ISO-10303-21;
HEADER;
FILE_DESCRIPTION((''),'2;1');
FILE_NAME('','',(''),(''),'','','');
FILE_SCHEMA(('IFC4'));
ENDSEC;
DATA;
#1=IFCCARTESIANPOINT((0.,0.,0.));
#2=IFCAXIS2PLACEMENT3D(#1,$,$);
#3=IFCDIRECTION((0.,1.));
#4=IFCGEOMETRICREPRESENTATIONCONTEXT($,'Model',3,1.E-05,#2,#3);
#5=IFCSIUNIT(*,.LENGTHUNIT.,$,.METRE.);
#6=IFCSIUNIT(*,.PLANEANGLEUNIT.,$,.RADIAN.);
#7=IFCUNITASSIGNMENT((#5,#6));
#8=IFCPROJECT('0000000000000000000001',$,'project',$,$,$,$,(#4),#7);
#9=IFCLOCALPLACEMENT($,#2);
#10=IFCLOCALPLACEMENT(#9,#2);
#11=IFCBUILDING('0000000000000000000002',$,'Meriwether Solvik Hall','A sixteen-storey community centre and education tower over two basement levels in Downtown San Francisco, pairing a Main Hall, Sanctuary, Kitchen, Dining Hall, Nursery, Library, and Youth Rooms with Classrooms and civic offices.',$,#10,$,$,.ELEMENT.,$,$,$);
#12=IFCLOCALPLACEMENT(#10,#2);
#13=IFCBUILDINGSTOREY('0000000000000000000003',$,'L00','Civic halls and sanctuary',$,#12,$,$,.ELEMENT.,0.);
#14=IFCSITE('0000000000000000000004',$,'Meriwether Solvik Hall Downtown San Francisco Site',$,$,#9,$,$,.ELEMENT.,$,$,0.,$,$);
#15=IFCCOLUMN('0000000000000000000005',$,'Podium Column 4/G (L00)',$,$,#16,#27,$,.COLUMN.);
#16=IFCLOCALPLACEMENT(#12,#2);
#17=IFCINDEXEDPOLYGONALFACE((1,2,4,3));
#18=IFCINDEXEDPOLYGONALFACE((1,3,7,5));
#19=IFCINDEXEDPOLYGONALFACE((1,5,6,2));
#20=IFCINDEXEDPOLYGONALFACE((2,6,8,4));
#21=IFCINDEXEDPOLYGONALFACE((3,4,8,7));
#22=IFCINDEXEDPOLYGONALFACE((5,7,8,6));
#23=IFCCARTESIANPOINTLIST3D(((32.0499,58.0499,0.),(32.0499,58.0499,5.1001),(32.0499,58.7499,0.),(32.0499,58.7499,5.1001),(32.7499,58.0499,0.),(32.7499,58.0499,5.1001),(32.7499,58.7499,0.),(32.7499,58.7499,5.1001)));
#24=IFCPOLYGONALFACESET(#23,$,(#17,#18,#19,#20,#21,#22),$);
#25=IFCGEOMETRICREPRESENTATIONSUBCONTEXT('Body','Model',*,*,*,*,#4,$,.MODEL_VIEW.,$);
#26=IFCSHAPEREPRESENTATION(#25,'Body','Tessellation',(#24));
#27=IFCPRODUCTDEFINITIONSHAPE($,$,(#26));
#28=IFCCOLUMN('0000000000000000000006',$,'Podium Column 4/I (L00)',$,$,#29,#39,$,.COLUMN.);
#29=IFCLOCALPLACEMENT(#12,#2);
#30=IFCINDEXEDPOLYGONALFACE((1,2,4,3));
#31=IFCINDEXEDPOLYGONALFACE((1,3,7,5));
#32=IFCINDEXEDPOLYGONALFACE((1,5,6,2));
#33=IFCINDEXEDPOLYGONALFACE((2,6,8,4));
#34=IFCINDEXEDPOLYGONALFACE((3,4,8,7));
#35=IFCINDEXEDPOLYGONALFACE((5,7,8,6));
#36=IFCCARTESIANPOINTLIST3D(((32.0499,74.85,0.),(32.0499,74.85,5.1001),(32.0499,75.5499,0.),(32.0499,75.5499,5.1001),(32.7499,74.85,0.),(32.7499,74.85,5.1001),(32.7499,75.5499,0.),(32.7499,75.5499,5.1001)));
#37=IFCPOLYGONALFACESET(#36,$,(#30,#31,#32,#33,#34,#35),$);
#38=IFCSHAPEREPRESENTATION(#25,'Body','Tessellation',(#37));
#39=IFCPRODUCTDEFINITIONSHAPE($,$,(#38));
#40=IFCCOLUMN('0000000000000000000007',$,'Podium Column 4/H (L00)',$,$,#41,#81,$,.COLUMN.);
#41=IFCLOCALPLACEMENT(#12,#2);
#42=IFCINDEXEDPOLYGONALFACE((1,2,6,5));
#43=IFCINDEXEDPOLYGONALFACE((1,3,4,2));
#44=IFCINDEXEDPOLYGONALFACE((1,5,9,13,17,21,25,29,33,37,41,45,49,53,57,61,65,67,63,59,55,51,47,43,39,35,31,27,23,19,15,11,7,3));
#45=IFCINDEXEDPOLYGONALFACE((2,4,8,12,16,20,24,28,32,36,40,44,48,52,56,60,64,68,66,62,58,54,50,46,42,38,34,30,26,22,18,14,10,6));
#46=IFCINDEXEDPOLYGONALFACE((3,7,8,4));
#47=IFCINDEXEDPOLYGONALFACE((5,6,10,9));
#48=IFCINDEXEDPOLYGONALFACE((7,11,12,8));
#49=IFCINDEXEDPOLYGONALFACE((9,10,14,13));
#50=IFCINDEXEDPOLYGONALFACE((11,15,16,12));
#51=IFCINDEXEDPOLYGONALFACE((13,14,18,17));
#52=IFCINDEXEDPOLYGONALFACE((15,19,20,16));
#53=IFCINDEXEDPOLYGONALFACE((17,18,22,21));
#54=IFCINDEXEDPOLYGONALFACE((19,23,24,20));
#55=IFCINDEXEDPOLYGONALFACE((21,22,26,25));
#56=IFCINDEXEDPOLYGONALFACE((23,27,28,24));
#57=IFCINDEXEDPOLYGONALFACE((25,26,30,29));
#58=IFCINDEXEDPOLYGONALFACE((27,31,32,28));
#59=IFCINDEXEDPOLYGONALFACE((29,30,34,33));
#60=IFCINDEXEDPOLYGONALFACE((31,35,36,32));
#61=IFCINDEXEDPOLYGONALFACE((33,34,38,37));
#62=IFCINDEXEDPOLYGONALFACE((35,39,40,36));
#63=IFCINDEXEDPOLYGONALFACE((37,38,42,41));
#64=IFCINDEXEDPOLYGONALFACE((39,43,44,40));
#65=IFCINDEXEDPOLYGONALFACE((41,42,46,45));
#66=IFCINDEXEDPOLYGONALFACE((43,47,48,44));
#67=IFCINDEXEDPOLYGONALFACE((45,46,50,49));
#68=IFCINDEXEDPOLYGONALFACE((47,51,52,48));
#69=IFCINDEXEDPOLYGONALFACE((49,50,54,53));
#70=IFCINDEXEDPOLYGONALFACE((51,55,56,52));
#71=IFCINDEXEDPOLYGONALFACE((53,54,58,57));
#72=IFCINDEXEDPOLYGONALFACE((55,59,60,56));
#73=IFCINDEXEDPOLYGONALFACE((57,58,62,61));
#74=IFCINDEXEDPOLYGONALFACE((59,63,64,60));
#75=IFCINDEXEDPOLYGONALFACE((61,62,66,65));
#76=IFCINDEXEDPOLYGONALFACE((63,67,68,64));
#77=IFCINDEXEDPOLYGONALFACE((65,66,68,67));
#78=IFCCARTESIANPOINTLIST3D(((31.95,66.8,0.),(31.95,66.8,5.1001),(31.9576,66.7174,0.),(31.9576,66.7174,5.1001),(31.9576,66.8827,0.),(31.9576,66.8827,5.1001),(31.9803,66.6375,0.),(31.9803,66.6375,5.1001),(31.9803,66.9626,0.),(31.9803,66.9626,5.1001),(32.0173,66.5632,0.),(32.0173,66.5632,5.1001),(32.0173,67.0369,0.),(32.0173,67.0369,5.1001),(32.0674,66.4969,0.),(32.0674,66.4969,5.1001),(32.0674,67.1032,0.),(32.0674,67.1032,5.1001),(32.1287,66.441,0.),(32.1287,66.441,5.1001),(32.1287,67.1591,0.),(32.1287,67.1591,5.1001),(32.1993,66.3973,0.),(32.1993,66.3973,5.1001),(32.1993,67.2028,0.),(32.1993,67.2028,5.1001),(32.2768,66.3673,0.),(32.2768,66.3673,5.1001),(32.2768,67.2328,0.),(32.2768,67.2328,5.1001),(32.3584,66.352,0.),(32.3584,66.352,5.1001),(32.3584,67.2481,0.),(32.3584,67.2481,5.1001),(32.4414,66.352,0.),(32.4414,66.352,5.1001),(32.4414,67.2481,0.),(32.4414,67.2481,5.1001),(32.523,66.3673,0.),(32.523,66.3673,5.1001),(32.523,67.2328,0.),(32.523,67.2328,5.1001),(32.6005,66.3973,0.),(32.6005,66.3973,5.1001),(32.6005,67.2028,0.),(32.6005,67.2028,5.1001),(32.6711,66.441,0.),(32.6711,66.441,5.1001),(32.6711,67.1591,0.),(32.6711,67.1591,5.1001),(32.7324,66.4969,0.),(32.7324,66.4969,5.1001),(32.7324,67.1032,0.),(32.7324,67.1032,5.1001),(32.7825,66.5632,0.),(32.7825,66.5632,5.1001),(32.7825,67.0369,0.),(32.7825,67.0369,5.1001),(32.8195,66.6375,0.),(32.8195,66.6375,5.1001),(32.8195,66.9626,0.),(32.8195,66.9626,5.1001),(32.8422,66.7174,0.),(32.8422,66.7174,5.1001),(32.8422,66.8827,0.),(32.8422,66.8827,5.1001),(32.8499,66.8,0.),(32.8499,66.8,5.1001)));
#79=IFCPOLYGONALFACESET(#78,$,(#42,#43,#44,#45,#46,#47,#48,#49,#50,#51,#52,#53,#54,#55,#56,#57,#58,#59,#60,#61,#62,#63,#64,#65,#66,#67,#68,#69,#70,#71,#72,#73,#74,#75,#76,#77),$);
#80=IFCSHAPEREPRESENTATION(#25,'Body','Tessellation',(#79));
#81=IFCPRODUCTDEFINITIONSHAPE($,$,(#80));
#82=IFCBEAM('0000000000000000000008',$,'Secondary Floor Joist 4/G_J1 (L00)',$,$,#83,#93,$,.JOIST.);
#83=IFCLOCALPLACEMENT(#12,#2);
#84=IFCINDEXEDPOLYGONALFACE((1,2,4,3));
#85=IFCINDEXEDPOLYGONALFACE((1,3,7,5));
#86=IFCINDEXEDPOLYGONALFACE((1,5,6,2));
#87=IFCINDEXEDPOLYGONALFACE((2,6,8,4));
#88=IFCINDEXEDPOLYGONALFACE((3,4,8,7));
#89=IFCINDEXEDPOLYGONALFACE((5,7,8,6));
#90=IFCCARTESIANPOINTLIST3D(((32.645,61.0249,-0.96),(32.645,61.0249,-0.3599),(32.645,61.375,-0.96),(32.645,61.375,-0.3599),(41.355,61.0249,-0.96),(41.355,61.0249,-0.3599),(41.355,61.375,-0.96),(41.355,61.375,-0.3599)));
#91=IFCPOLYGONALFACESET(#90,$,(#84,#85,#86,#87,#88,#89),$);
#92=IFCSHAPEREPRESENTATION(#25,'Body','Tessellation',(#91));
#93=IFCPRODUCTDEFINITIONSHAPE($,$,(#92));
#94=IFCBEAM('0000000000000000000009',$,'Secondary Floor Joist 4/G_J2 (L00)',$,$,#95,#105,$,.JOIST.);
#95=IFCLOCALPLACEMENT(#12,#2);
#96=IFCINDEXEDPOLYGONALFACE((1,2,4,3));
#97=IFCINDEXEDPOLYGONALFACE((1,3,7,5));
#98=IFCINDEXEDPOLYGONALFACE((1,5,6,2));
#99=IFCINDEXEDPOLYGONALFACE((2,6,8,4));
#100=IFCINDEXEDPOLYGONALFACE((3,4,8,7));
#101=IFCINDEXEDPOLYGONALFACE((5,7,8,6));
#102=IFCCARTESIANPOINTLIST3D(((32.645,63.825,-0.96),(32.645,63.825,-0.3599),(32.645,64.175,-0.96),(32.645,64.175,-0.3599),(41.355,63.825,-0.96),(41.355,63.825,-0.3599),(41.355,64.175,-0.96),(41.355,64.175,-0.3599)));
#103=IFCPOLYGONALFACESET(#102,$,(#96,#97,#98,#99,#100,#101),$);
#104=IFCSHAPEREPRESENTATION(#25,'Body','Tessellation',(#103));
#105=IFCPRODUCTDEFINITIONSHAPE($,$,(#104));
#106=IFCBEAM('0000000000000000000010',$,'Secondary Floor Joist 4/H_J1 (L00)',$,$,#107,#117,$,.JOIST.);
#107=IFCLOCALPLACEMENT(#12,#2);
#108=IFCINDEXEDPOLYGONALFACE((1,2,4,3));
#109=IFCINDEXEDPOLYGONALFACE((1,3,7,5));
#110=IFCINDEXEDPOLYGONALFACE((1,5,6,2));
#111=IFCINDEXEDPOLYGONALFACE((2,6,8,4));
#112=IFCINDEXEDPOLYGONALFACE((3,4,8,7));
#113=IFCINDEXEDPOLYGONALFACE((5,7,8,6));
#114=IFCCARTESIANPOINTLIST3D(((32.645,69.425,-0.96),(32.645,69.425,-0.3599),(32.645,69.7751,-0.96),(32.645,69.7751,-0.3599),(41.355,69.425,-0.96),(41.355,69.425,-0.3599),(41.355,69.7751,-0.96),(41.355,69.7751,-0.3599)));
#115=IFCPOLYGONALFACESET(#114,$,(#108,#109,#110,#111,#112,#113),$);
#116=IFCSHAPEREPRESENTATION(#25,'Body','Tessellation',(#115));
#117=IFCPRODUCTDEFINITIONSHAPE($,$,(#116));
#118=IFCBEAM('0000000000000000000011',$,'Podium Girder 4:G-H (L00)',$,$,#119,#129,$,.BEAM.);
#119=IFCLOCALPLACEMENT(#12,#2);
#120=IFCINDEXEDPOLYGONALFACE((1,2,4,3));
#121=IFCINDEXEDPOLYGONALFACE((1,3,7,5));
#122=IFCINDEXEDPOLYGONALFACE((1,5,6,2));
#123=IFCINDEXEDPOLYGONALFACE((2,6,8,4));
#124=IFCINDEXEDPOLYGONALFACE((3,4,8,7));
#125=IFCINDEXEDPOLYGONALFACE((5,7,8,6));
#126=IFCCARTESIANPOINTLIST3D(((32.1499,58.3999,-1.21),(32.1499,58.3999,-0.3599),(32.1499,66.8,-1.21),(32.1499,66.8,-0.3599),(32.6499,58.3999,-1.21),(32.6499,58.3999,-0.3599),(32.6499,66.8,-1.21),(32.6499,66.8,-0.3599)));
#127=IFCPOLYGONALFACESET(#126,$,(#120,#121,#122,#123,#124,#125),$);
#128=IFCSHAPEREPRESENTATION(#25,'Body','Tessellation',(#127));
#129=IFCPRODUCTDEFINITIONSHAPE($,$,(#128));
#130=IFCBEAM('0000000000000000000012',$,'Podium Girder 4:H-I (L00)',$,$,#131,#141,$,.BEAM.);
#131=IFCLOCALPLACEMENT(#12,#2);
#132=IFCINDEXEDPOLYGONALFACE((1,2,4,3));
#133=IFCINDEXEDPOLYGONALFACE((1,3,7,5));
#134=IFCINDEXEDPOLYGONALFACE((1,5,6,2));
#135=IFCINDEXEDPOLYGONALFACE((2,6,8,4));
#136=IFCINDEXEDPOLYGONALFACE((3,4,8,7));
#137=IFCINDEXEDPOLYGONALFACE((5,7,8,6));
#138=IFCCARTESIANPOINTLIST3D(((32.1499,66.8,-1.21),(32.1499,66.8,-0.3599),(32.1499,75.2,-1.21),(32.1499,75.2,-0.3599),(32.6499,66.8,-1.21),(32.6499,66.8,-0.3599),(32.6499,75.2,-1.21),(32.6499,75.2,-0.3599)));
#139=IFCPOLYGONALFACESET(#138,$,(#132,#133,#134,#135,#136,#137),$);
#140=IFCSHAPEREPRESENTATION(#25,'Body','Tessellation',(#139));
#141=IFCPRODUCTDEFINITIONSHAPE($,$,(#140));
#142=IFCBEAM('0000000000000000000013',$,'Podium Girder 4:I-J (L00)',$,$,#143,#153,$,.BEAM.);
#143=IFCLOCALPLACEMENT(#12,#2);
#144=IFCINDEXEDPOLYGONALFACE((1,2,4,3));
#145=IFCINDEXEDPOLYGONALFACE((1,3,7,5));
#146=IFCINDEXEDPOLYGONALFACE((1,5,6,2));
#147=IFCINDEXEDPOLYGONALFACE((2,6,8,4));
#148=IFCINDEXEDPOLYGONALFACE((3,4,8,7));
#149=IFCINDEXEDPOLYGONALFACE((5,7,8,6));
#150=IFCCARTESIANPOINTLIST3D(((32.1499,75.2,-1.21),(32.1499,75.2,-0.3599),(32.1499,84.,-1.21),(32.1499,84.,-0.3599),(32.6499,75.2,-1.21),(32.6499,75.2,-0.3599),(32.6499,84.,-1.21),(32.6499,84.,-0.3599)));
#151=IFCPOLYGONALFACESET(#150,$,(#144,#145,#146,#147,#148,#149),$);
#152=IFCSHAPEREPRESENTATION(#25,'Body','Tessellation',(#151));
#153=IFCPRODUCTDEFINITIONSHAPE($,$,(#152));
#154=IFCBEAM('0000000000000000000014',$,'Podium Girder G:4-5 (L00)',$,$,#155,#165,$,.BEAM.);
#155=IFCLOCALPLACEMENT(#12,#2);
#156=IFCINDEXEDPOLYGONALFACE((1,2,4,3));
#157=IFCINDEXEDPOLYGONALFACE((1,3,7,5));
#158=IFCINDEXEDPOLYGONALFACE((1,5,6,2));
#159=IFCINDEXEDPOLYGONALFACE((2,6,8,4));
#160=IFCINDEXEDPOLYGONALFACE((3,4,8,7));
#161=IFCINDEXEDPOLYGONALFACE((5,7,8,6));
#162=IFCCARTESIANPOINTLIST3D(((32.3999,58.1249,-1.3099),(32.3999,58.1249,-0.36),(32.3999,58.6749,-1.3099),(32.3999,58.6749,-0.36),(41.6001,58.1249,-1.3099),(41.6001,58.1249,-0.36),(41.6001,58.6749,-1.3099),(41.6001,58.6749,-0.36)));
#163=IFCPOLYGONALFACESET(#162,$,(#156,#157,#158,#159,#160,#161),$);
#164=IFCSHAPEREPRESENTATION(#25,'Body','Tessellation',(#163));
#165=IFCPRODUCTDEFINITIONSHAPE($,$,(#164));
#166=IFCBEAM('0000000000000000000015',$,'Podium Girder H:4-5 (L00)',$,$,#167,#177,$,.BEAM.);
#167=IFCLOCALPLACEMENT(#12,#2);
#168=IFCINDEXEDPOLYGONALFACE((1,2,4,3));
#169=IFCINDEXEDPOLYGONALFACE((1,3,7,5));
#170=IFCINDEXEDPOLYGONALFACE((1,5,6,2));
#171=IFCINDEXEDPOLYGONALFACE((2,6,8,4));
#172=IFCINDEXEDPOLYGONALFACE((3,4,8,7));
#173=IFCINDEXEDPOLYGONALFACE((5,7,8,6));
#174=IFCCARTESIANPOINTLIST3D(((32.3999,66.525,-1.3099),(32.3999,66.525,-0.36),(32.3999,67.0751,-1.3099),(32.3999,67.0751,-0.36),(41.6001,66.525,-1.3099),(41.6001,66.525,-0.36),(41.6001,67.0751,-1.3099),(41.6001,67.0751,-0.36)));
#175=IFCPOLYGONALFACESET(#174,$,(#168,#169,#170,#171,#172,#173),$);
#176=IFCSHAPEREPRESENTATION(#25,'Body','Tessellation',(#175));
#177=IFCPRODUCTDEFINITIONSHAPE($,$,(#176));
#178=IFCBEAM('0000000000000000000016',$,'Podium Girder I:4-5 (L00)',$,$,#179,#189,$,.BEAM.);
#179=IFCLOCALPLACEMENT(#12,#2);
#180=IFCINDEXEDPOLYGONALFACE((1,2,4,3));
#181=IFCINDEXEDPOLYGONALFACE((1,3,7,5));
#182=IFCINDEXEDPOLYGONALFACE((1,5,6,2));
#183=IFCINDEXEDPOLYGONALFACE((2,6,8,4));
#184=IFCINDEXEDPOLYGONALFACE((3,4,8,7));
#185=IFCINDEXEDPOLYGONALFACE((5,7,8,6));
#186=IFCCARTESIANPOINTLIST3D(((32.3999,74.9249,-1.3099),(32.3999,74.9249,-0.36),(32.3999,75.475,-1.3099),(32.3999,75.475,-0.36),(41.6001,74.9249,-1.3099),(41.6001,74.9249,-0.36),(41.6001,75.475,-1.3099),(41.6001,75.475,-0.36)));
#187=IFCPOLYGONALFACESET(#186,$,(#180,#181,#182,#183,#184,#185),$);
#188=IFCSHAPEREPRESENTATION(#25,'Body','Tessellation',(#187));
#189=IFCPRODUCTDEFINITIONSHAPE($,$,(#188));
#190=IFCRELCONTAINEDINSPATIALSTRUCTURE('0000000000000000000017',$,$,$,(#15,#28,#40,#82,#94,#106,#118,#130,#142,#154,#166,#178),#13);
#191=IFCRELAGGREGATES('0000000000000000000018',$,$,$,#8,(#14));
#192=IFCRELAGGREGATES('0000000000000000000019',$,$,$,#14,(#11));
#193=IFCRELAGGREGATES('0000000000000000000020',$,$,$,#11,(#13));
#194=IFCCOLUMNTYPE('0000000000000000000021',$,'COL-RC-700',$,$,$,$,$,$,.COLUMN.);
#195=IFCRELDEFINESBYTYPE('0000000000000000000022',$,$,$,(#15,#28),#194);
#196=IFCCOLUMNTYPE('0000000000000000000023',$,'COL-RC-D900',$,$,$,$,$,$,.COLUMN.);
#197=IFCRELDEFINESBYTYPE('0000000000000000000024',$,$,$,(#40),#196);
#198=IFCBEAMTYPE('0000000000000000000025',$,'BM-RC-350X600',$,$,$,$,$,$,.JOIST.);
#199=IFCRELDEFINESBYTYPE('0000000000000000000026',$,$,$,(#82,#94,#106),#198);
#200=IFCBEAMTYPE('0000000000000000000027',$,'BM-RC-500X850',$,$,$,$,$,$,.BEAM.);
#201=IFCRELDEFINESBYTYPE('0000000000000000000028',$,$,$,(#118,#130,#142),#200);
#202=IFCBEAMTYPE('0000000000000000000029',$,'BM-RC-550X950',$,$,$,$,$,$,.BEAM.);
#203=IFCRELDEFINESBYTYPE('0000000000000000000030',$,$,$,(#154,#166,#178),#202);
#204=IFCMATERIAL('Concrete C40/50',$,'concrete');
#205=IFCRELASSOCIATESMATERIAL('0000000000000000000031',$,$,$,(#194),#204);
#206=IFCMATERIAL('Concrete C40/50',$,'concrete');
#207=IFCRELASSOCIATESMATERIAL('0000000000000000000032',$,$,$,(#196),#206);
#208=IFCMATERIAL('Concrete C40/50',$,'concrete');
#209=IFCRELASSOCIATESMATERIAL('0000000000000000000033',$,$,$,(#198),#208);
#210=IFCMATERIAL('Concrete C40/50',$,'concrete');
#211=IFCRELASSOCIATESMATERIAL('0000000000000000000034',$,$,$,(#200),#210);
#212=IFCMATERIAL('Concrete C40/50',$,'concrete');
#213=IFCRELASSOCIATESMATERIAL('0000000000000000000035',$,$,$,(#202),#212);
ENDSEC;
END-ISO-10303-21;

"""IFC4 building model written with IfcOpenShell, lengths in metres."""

from ifc_helpers import new_model, si_unit, direction, frame, origin, origin_2d, place, context, subcontext, project, spatial, rectangle, circle, extrude, material, material_profile, profile_set, type_object, element, save


model = new_model("IFC4")

# Units and contexts
model_context = context("Model", 3, precision=1e-05, world=origin(), true_north=direction((0.0, 1.0)))
body_context = subcontext(model_context, "Body", "Model", "MODEL_VIEW")
ifc_project = project(units=[si_unit("LENGTHUNIT", "METRE"), si_unit("PLANEANGLEUNIT", "RADIAN")], contexts=[model_context])

# Site, building, storey
site_placement = place(None, origin())
site = spatial("IfcSite", under=ifc_project, at=site_placement, Name="Meriwether Solvik Hall Downtown San Francisco Site", CompositionType="ELEMENT", RefElevation=0.0)
building_placement = place(site_placement, origin())
building = spatial("IfcBuilding", under=site, at=building_placement, Name="Meriwether Solvik Hall", Description="A sixteen-storey community centre and education tower over two basement levels in Downtown San Francisco, pairing a Main Hall, Sanctuary, Kitchen, Dining Hall, Nursery, Library, and Youth Rooms with Classrooms and civic offices.", CompositionType="ELEMENT")
storey_placement = place(building_placement, origin())
storey = spatial("IfcBuildingStorey", under=building, at=storey_placement, Name="L00", Description="Civic halls and sanctuary", CompositionType="ELEMENT", Elevation=0.0)

# Columns
ifc_material_1 = material(Name="Concrete C40/50", Category="concrete")
ifc_material_profile_1 = material_profile(ifc_material_1, rectangle(XDim=0.7, YDim=0.7, at=origin_2d()), Name="RCC-700X700")
ifc_profile_set_1 = profile_set([ifc_material_profile_1], Name="Concrete C40/50")
column_type_1 = type_object("IfcColumnType", Name="COL-RC-700", PredefinedType="COLUMN", material=ifc_profile_set_1)
for number, where, z_axis, x_axis, name in (
    (1, (32.3999, 58.3999, 0.0), (0.0, 0.0, 1.0), (1.0, 0.0, 0.0), "Podium Column 4/G (L00)"),
    (2, (32.3999, 75.2, 0.0), (0.0, 0.0, 1.0), (1.0, 0.0, 0.0), "Podium Column 4/I (L00)"),
):
    element("IfcColumn", number, at=place(storey_placement, frame(where, z_axis=z_axis, x_axis=x_axis)), inside=storey, type_object=column_type_1, Name=name, PredefinedType="COLUMN", context=body_context, shape_type="SweptSolid", body=[
        extrude(rectangle(XDim=0.7, YDim=0.7, at=origin_2d()), origin(), (0.0, 0.0, 1.0), 5.1001),
    ])
ifc_material_2 = material(Name="Concrete C40/50", Category="concrete")
ifc_material_profile_2 = material_profile(ifc_material_2, circle(Radius=0.45, at=origin_2d()), Name="RCC-D900")
ifc_profile_set_2 = profile_set([ifc_material_profile_2], Name="Concrete C40/50")
column_type_2 = type_object("IfcColumnType", Name="COL-RC-D900", PredefinedType="COLUMN", material=ifc_profile_set_2)
column_placement = place(storey_placement, frame((32.3999, 66.8, 0.0), z_axis=(0.0, 0.0, 1.0), x_axis=(1.0, 0.0, 0.0)))
element("IfcColumn", 3, at=column_placement, inside=storey, type_object=column_type_2, Name="Podium Column 4/H (L00)", PredefinedType="COLUMN", context=body_context, shape_type="SweptSolid", body=[
    extrude(circle(Radius=0.45, at=origin_2d()), origin(), (0.0, 0.0, 1.0), 5.1001),
])

# Beams
ifc_material_3 = material(Name="Concrete C40/50", Category="concrete")
ifc_material_profile_3 = material_profile(ifc_material_3, rectangle(XDim=0.3501, YDim=0.6001, at=origin_2d()), Name="RCB-350X600")
ifc_profile_set_3 = profile_set([ifc_material_profile_3], Name="Concrete C40/50")
beam_type_1 = type_object("IfcBeamType", Name="BM-RC-350X600", PredefinedType="JOIST", material=ifc_profile_set_3)
for number, where, z_axis, x_axis, name in (
    (4, (32.645, 61.2, -0.6599), (1.0, 0.0, 0.0), (0.0, 1.0, 0.0), "Secondary Floor Joist 4/G_J1 (L00)"),
    (5, (32.645, 64.0, -0.6599), (1.0, 0.0, 0.0), (0.0, 1.0, 0.0), "Secondary Floor Joist 4/G_J2 (L00)"),
    (6, (32.645, 69.6001, -0.6599), (1.0, 0.0, 0.0), (0.0, 1.0, 0.0), "Secondary Floor Joist 4/H_J1 (L00)"),
):
    element("IfcBeam", number, at=place(storey_placement, frame(where, z_axis=z_axis, x_axis=x_axis)), inside=storey, type_object=beam_type_1, Name=name, PredefinedType="JOIST", context=body_context, shape_type="SweptSolid", body=[
        extrude(rectangle(XDim=0.3501, YDim=0.6001, at=origin_2d()), origin(), (0.0, 0.0, 1.0), 8.71),
    ])
ifc_material_4 = material(Name="Concrete C40/50", Category="concrete")
ifc_material_profile_4 = material_profile(ifc_material_4, rectangle(XDim=0.5, YDim=0.8501, at=origin_2d()), Name="RCB-500X850")
ifc_profile_set_4 = profile_set([ifc_material_profile_4], Name="Concrete C40/50")
beam_type_2 = type_object("IfcBeamType", Name="BM-RC-500X850", PredefinedType="BEAM", material=ifc_profile_set_4)
beam_1_placement = place(storey_placement, frame((32.3999, 58.3999, -0.7849), z_axis=(0.0, 1.0, 0.0), x_axis=(-1.0, 0.0, 0.0)))
element("IfcBeam", 7, at=beam_1_placement, inside=storey, type_object=beam_type_2, Name="Podium Girder 4:G-H (L00)", PredefinedType="BEAM", context=body_context, shape_type="SweptSolid", body=[
    extrude(rectangle(XDim=0.5, YDim=0.8501, at=origin_2d()), origin(), (0.0, 0.0, 1.0), 8.4001),
])
beam_2_placement = place(storey_placement, frame((32.3999, 66.8, -0.7849), z_axis=(0.0, 1.0, 0.0), x_axis=(-1.0, 0.0, 0.0)))
element("IfcBeam", 8, at=beam_2_placement, inside=storey, type_object=beam_type_2, Name="Podium Girder 4:H-I (L00)", PredefinedType="BEAM", context=body_context, shape_type="SweptSolid", body=[
    extrude(rectangle(XDim=0.5, YDim=0.8501, at=origin_2d()), origin(), (0.0, 0.0, 1.0), 8.3999),
])
beam_3_placement = place(storey_placement, frame((32.3999, 75.2, -0.7849), z_axis=(0.0, 1.0, 0.0), x_axis=(-1.0, 0.0, 0.0)))
element("IfcBeam", 9, at=beam_3_placement, inside=storey, type_object=beam_type_2, Name="Podium Girder 4:I-J (L00)", PredefinedType="BEAM", context=body_context, shape_type="SweptSolid", body=[
    extrude(rectangle(XDim=0.5, YDim=0.8501, at=origin_2d()), origin(), (0.0, 0.0, 1.0), 8.8),
])
ifc_material_5 = material(Name="Concrete C40/50", Category="concrete")
ifc_material_profile_5 = material_profile(ifc_material_5, rectangle(XDim=0.55, YDim=0.95, at=origin_2d()), Name="RCB-550X950")
ifc_profile_set_5 = profile_set([ifc_material_profile_5], Name="Concrete C40/50")
beam_type_3 = type_object("IfcBeamType", Name="BM-RC-550X950", PredefinedType="BEAM", material=ifc_profile_set_5)
for number, where, z_axis, x_axis, name in (
    (10, (32.3999, 58.3999, -0.835), (1.0, 0.0, 0.0), (0.0, 1.0, 0.0), "Podium Girder G:4-5 (L00)"),
    (11, (32.3999, 66.8, -0.835), (1.0, 0.0, 0.0), (0.0, 1.0, 0.0), "Podium Girder H:4-5 (L00)"),
    (12, (32.3999, 75.2, -0.835), (1.0, 0.0, 0.0), (0.0, 1.0, 0.0), "Podium Girder I:4-5 (L00)"),
):
    element("IfcBeam", number, at=place(storey_placement, frame(where, z_axis=z_axis, x_axis=x_axis)), inside=storey, type_object=beam_type_3, Name=name, PredefinedType="BEAM", context=body_context, shape_type="SweptSolid", body=[
        extrude(rectangle(XDim=0.55, YDim=0.95, at=origin_2d()), origin(), (0.0, 0.0, 1.0), 9.2002),
    ])

save(model, "model.ifc")
